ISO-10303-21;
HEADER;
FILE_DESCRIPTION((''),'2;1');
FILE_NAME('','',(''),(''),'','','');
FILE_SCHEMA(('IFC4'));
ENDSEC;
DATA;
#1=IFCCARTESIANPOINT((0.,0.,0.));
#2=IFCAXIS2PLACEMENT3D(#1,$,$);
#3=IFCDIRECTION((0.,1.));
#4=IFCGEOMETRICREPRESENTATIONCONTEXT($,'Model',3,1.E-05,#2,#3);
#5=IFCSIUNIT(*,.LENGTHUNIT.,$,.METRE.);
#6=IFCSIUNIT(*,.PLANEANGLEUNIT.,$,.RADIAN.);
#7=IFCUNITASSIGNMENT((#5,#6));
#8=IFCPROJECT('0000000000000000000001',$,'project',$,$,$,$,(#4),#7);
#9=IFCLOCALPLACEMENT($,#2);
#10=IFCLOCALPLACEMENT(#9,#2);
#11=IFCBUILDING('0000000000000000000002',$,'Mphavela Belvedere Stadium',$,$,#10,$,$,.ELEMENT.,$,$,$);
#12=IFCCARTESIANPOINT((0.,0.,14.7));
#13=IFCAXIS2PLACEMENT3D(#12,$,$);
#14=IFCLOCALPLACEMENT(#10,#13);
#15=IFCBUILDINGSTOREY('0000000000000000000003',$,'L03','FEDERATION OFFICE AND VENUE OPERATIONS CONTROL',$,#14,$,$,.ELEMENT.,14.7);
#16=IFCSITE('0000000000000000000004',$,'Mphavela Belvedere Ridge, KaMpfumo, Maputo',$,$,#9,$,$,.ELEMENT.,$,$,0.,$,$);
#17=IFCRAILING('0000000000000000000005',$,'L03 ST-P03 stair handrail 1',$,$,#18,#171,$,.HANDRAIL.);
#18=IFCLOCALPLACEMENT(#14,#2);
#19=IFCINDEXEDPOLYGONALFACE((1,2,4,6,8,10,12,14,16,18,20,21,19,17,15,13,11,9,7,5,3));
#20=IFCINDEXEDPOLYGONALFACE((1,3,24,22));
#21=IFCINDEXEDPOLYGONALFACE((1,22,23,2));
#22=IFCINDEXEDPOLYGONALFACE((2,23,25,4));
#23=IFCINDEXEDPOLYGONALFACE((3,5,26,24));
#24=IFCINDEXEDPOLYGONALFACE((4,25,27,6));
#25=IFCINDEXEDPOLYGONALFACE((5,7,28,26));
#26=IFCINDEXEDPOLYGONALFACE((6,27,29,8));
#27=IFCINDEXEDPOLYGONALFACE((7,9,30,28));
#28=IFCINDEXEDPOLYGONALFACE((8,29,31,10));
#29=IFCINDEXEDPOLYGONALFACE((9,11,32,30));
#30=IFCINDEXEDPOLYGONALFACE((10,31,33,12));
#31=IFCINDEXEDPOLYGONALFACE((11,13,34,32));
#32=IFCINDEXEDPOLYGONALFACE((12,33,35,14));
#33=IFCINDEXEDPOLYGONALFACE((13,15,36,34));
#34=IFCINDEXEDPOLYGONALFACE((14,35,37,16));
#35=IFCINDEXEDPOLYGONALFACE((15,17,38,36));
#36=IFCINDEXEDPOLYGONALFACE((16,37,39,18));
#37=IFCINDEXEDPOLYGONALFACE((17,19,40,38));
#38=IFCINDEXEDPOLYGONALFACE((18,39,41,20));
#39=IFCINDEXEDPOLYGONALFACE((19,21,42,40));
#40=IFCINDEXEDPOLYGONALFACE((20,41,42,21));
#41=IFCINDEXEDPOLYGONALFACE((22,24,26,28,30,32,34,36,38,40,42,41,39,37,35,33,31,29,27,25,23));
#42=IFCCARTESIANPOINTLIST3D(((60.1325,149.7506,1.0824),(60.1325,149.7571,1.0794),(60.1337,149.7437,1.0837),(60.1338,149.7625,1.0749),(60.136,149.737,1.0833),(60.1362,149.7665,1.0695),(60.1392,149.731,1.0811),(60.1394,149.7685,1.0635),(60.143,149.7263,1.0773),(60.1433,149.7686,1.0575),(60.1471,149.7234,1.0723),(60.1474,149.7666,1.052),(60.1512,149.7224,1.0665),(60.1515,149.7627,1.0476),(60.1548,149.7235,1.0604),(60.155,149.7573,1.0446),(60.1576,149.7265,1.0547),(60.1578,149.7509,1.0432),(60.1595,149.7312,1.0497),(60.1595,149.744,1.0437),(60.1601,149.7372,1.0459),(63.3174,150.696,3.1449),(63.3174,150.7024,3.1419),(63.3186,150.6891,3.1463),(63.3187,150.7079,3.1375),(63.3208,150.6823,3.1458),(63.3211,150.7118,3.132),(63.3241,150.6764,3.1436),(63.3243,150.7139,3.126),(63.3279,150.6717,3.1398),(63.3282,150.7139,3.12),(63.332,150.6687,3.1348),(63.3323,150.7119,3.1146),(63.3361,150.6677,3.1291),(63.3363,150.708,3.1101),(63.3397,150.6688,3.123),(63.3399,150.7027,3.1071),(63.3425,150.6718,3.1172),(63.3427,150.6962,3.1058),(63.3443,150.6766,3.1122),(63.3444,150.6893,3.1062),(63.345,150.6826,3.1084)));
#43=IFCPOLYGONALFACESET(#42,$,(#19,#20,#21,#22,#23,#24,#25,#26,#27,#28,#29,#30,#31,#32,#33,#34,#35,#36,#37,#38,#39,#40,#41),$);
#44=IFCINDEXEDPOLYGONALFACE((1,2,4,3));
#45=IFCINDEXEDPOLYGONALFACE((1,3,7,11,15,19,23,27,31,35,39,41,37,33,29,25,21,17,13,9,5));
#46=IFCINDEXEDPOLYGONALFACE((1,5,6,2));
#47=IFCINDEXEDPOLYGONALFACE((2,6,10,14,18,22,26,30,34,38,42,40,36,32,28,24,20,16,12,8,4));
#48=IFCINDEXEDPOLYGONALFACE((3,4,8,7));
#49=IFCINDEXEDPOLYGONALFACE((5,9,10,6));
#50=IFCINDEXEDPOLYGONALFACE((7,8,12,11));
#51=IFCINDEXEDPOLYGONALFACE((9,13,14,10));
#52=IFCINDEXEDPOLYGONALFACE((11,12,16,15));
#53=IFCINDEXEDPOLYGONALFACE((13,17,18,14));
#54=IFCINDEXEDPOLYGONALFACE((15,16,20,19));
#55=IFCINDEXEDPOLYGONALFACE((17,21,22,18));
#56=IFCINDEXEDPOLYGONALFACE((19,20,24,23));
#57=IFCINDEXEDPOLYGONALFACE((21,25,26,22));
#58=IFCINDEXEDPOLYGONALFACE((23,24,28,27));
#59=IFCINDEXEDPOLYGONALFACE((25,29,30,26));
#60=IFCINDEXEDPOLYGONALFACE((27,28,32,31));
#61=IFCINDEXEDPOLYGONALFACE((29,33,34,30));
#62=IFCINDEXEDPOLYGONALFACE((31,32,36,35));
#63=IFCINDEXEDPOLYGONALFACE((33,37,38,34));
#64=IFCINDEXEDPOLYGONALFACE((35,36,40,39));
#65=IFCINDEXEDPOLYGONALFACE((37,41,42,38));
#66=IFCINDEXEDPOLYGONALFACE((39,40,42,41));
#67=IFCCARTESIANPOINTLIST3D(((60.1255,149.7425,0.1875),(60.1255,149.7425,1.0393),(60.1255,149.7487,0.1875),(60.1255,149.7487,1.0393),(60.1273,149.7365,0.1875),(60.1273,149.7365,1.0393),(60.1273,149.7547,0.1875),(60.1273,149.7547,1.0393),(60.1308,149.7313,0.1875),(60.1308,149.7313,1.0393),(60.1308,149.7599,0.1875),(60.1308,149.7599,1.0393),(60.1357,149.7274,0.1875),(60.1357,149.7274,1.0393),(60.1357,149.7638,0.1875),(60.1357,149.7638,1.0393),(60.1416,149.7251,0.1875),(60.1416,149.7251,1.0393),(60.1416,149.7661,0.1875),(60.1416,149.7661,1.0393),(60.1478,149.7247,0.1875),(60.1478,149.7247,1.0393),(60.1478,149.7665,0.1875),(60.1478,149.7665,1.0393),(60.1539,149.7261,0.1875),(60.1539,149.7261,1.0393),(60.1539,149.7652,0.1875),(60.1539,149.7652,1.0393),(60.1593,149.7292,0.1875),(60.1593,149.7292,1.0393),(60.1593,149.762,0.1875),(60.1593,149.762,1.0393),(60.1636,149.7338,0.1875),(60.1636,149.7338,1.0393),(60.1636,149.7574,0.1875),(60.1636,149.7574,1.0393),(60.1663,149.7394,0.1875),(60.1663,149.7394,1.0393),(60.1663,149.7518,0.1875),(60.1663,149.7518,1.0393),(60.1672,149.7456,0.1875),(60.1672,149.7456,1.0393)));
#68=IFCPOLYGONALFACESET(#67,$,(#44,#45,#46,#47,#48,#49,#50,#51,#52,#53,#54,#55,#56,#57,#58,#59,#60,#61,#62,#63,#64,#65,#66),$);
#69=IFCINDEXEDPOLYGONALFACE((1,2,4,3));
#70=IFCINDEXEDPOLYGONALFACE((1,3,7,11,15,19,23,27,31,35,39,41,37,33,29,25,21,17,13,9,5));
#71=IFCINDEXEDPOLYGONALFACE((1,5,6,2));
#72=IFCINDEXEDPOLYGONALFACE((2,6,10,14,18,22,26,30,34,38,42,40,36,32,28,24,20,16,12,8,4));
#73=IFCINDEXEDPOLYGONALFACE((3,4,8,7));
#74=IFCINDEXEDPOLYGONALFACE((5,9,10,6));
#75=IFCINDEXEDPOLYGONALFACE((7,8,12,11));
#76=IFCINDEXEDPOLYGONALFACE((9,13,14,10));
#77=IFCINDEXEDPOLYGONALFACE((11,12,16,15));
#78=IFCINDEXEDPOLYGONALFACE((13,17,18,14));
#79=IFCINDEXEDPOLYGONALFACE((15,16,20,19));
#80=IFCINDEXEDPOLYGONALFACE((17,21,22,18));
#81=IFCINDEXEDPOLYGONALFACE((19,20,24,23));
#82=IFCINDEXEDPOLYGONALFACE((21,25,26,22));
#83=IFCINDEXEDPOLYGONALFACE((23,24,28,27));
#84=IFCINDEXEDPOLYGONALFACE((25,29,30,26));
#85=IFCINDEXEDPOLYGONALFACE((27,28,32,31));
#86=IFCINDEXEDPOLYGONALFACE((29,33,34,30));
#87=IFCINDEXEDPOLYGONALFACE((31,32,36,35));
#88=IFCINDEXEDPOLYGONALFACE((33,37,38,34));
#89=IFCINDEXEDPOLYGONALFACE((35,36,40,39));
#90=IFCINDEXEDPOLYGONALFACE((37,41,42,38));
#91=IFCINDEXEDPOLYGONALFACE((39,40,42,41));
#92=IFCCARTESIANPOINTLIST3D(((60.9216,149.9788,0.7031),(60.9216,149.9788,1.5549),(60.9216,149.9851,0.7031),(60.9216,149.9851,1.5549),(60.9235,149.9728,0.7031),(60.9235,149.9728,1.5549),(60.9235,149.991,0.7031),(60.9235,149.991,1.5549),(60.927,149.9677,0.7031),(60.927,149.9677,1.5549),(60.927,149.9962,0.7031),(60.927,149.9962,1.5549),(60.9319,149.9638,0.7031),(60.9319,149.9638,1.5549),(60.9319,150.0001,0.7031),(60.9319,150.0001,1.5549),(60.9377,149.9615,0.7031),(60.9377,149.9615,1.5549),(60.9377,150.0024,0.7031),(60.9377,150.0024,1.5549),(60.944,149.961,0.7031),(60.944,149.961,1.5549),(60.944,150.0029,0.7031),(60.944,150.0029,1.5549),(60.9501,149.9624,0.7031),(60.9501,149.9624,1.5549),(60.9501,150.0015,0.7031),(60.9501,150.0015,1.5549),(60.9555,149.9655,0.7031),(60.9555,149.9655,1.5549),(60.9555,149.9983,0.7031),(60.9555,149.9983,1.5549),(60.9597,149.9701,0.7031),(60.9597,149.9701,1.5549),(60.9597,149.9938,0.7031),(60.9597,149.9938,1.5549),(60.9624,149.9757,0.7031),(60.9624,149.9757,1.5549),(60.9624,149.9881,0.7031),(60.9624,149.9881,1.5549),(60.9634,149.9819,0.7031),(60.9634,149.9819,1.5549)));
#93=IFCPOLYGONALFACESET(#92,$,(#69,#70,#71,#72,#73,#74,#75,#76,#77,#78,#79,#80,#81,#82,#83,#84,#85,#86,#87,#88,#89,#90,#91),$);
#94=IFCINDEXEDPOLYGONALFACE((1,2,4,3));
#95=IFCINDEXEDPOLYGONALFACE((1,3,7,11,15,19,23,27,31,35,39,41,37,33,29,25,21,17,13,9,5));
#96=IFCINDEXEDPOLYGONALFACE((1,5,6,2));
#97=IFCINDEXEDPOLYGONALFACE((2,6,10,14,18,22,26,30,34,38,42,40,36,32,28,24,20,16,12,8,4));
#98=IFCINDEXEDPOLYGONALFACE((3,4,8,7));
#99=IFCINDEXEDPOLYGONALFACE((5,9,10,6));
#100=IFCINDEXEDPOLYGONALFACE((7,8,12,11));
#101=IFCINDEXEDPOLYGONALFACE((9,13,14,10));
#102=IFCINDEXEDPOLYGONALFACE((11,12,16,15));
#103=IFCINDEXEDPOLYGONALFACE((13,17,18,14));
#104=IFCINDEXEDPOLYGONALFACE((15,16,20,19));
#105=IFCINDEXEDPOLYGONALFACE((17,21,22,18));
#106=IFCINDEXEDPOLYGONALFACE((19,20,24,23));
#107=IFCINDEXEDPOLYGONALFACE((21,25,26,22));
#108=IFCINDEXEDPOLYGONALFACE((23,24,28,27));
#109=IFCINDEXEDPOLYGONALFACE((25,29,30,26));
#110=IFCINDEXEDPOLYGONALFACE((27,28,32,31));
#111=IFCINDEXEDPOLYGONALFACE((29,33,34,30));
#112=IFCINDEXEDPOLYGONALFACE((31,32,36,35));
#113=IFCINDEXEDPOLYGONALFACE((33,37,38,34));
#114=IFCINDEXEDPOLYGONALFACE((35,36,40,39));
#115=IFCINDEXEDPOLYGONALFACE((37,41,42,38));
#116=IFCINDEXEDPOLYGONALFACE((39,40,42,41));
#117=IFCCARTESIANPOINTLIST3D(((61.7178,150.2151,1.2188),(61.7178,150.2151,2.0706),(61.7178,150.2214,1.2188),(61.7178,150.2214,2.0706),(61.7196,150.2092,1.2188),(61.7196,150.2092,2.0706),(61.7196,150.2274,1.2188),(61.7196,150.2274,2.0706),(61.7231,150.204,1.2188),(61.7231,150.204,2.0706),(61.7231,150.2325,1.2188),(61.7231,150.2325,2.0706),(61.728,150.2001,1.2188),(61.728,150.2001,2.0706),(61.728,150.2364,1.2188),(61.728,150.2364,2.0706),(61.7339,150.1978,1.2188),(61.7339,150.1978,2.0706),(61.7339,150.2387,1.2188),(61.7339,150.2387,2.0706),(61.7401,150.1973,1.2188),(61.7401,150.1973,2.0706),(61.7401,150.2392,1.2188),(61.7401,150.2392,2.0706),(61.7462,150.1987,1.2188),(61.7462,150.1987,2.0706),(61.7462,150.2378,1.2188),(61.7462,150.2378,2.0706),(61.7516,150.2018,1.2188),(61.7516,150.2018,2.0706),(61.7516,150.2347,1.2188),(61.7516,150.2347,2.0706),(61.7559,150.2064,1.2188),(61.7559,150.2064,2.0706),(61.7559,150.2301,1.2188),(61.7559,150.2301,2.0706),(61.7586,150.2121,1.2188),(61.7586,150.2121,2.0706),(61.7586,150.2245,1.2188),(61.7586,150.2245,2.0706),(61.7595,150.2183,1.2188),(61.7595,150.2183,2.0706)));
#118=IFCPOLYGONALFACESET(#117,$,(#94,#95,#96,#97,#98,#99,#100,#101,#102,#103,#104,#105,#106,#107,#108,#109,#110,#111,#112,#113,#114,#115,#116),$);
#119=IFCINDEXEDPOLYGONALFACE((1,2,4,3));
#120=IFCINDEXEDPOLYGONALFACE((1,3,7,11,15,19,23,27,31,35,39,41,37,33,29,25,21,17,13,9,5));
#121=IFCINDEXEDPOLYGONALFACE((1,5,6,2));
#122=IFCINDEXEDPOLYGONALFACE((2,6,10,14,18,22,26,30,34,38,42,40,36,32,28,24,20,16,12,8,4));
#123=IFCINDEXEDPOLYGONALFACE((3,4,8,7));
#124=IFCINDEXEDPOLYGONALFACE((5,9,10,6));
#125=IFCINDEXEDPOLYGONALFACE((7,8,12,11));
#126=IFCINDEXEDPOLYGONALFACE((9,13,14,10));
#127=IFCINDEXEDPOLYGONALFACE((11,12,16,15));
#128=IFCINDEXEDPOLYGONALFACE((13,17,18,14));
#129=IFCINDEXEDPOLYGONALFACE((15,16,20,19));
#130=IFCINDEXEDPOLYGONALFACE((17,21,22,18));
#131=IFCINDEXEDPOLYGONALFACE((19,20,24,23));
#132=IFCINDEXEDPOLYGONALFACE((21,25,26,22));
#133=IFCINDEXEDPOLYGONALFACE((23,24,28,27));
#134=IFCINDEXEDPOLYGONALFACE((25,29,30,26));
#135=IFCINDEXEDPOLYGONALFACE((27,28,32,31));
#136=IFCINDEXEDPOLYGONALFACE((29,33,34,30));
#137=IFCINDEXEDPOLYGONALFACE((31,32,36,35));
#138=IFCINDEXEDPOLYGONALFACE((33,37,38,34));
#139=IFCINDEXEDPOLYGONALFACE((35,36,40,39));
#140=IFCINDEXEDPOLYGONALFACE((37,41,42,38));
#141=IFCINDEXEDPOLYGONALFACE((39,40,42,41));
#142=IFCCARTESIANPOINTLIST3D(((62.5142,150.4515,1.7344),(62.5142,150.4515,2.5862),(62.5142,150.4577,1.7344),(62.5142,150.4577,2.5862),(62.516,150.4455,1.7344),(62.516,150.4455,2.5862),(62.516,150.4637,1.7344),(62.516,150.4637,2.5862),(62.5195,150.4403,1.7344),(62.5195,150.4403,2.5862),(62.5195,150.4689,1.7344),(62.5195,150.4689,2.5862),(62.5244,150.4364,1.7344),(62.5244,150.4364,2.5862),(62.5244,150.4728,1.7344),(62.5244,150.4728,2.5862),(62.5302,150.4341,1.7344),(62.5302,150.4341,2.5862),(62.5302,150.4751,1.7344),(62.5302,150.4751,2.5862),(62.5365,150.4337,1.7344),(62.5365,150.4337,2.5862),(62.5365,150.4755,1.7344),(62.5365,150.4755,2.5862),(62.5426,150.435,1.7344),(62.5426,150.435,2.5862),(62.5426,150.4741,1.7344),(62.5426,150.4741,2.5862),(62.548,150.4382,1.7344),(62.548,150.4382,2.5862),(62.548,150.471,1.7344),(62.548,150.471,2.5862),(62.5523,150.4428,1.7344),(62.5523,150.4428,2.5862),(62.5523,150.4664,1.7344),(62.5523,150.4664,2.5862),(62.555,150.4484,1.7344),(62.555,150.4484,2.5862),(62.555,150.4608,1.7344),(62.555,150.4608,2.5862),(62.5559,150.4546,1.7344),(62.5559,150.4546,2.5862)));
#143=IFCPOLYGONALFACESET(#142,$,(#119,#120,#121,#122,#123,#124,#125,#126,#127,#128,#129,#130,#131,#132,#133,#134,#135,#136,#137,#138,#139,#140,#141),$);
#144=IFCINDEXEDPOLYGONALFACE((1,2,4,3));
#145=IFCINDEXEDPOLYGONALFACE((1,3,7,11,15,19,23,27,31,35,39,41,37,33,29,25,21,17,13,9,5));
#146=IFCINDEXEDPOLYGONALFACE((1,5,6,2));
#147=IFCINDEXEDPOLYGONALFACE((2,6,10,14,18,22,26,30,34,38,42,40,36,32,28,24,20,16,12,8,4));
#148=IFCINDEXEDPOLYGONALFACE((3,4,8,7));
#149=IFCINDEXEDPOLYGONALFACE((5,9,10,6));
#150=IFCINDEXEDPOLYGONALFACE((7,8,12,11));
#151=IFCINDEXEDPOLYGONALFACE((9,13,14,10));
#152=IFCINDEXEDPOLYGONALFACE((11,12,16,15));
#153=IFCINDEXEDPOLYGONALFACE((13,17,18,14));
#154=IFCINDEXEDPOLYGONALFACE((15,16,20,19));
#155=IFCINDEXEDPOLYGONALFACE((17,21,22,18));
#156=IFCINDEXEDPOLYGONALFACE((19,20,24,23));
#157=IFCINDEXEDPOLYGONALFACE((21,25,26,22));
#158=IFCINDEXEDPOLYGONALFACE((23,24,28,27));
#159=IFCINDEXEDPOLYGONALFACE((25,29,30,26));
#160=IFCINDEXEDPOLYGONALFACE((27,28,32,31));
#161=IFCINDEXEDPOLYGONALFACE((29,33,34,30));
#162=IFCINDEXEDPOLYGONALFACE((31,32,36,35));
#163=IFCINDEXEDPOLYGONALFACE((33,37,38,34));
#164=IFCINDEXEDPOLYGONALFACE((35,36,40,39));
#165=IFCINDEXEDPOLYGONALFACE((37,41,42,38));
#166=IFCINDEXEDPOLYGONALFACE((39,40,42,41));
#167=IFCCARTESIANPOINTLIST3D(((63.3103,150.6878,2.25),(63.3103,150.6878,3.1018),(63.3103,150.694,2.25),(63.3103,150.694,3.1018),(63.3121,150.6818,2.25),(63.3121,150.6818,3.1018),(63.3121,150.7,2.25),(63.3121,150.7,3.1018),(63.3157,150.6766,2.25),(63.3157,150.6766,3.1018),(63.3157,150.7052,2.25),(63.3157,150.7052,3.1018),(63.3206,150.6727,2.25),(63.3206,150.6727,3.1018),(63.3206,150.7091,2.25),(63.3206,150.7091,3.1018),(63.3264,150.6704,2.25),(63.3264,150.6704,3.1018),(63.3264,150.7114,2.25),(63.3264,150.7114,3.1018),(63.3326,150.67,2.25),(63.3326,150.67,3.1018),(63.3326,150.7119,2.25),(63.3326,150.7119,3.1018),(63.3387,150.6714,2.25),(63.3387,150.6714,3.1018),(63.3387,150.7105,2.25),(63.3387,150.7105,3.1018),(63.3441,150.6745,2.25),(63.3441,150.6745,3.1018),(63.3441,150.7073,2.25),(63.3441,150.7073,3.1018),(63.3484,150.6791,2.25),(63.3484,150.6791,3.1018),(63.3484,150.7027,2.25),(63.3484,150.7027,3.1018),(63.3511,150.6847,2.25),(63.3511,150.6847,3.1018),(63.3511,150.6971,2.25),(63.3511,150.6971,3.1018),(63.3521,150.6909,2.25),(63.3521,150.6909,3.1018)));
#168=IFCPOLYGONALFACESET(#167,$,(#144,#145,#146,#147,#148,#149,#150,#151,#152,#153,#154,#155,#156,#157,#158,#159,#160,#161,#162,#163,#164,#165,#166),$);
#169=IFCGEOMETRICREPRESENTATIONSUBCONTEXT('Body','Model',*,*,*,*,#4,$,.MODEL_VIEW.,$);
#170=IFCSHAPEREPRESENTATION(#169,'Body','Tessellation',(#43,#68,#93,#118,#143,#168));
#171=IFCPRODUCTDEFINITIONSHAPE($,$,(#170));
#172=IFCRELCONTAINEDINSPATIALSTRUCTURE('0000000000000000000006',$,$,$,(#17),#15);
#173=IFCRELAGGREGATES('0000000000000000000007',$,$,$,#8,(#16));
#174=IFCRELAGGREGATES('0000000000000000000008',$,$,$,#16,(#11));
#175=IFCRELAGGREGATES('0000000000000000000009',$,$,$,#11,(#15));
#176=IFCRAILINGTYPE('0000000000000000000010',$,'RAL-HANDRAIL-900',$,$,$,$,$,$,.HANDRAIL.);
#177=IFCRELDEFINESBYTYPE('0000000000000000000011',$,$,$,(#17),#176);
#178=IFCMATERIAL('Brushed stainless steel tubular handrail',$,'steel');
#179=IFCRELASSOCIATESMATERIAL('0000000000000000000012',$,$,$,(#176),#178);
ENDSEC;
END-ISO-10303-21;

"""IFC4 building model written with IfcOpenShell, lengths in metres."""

from ifc_helpers import new_model, si_unit, direction, frame, origin, origin_2d, place, context, subcontext, project, spatial, circle, extrude, material, type_object, element, save


model = new_model("IFC4")

# Units and contexts
model_context = context("Model", 3, precision=1e-05, world=origin(), true_north=direction((0.0, 1.0)))
body_context = subcontext(model_context, "Body", "Model", "MODEL_VIEW")
ifc_project = project(units=[si_unit("LENGTHUNIT", "METRE"), si_unit("PLANEANGLEUNIT", "RADIAN")], contexts=[model_context])

# Site, building, storey
site_placement = place(None, origin())
site = spatial("IfcSite", under=ifc_project, at=site_placement, Name="Mphavela Belvedere Ridge, KaMpfumo, Maputo", CompositionType="ELEMENT", RefElevation=0.0)
building_placement = place(site_placement, origin())
building = spatial("IfcBuilding", under=site, at=building_placement, Name="Mphavela Belvedere Stadium", CompositionType="ELEMENT")
storey_placement = place(building_placement, frame((0.0, 0.0, 14.7)))
storey = spatial("IfcBuildingStorey", under=building, at=storey_placement, Name="L03", Description="FEDERATION OFFICE AND VENUE OPERATIONS CONTROL", CompositionType="ELEMENT", Elevation=14.7)

# Railing
ifc_material_1 = material(Name="Brushed stainless steel tubular handrail", Category="steel")
railing_type_1 = type_object("IfcRailingType", Name="RAL-HANDRAIL-900", PredefinedType="HANDRAIL", material=ifc_material_1)
railing_1_placement = place(storey_placement, frame((60.1462, 149.7456, 0.1875)))
element("IfcRailing", 1, at=railing_1_placement, inside=storey, type_object=railing_type_1, Name="L03 ST-P03 stair handrail 1", PredefinedType="HANDRAIL", context=body_context, shape_type="SweptSolid", body=[
    extrude(circle(Radius=0.0239, at=origin_2d()), frame((0.0, 0.0, 0.876), z_axis=(0.814465, 0.241748, 0.527451), x_axis=(-0.284549, 0.958662, 0.0)), (0.0, 0.0, 1.0), 3.9104),
    extrude(circle(Radius=0.021, at=origin_2d()), origin(), (0.0, 0.0, 1.0), 0.8518),
    extrude(circle(Radius=0.021, at=origin_2d()), frame((0.7961, 0.2363, 0.5156)), (0.0, 0.0, 1.0), 0.8518),
    extrude(circle(Radius=0.021, at=origin_2d()), frame((1.5923, 0.4727, 1.0312)), (0.0, 0.0, 1.0), 0.8518),
    extrude(circle(Radius=0.021, at=origin_2d()), frame((2.3887, 0.709, 1.5469)), (0.0, 0.0, 1.0), 0.8518),
    extrude(circle(Radius=0.021, at=origin_2d()), frame((3.1848, 0.9453, 2.0625)), (0.0, 0.0, 1.0), 0.8518),
])

save(model, "model.ifc")
